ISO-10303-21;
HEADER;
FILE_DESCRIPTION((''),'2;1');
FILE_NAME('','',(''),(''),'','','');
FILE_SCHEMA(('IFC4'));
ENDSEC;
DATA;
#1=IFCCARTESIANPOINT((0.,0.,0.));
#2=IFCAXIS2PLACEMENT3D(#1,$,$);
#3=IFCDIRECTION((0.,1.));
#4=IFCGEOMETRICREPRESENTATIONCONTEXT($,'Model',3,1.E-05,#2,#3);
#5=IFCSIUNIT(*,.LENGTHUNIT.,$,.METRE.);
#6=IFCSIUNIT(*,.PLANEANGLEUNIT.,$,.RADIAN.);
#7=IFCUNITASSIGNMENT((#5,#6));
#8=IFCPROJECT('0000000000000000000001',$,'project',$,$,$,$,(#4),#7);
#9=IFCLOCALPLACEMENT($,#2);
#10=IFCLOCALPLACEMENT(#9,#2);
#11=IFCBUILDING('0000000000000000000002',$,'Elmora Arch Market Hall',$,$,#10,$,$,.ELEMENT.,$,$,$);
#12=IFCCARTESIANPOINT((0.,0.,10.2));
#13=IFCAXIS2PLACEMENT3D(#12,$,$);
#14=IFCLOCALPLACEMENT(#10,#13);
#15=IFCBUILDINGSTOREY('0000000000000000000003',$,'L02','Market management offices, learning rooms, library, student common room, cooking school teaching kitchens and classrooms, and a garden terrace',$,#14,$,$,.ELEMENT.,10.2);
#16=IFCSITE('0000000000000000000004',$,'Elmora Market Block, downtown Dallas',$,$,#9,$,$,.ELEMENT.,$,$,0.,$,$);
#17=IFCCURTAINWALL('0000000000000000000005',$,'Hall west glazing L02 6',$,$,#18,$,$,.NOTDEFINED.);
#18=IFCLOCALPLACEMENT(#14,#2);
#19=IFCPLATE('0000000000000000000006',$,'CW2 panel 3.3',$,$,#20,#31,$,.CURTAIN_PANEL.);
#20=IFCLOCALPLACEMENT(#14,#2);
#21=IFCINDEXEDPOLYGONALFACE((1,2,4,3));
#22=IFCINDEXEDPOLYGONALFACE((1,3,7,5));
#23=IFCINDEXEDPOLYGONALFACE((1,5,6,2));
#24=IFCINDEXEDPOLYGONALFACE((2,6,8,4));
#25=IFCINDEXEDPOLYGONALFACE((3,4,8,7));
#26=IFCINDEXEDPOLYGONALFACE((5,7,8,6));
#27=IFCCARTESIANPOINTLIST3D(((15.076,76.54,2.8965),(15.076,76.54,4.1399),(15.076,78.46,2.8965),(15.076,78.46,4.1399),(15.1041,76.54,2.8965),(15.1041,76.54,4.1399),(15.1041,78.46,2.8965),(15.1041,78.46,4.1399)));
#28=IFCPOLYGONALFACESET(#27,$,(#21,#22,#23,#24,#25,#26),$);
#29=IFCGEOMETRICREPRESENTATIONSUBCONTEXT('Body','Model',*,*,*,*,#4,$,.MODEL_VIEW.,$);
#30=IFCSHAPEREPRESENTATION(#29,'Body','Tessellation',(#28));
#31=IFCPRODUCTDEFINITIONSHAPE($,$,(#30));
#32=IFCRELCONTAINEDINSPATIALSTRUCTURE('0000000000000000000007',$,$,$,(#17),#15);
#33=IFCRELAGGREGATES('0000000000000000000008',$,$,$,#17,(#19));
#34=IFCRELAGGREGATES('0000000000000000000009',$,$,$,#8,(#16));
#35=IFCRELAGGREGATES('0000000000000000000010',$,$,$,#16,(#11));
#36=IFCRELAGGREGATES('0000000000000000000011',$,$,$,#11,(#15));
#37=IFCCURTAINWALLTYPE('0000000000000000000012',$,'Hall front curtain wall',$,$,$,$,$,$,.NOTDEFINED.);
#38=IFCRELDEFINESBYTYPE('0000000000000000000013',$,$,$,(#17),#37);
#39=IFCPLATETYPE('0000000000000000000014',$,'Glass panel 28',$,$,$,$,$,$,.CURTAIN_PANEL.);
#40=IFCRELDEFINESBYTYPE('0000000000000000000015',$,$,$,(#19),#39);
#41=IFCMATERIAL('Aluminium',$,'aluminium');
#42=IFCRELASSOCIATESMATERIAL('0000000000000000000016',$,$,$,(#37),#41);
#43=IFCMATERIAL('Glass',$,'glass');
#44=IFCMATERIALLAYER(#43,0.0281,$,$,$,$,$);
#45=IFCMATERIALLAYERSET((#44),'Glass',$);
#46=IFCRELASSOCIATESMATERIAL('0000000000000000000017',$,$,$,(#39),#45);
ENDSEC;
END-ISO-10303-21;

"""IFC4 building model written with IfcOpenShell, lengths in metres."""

from ifc_helpers import new_model, si_unit, direction, frame, origin, origin_2d, place, context, subcontext, project, spatial, rectangle, extrude, material, layer, layer_set, type_object, element, aggregate, save


model = new_model("IFC4")

# Units and contexts
model_context = context("Model", 3, precision=1e-05, world=origin(), true_north=direction((0.0, 1.0)))
body_context = subcontext(model_context, "Body", "Model", "MODEL_VIEW")
ifc_project = project(units=[si_unit("LENGTHUNIT", "METRE"), si_unit("PLANEANGLEUNIT", "RADIAN")], contexts=[model_context])

# Site, building, storey
site_placement = place(None, origin())
site = spatial("IfcSite", under=ifc_project, at=site_placement, Name="Elmora Market Block, downtown Dallas", CompositionType="ELEMENT", RefElevation=0.0)
building_placement = place(site_placement, origin())
building = spatial("IfcBuilding", under=site, at=building_placement, Name="Elmora Arch Market Hall", CompositionType="ELEMENT")
storey_placement = place(building_placement, frame((0.0, 0.0, 10.2)))
storey = spatial("IfcBuildingStorey", under=building, at=storey_placement, Name="L02", Description="Market management offices, learning rooms, library, student common room, cooking school teaching kitchens and classrooms, and a garden terrace", CompositionType="ELEMENT", Elevation=10.2)

# Shared definitions
ifc_material_1 = material(Name="Aluminium", Category="aluminium")
curtain_wall_type = type_object("IfcCurtainWallType", Name="Hall front curtain wall", PredefinedType="NOTDEFINED", material=ifc_material_1)

# Curtain wall
curtain_wall_1_placement = place(storey_placement, origin())
curtain_wall_1 = element("IfcCurtainWall", 1, at=curtain_wall_1_placement, inside=storey, type_object=curtain_wall_type, Name="Hall west glazing L02 6", PredefinedType="NOTDEFINED")

# Plate
ifc_material_2 = material(Name="Glass", Category="glass")
ifc_layer = layer(ifc_material_2, 0.0281)
ifc_layer_set = layer_set([ifc_layer], Name="Glass")
plate_type = type_object("IfcPlateType", Name="Glass panel 28", PredefinedType="CURTAIN_PANEL", material=ifc_layer_set)
plate_1_placement = place(storey_placement, frame((15.0901, 77.5, 2.8965), z_axis=(0.0, 0.0, 1.0), x_axis=(0.0, 1.0, 0.0)))
plate_1 = element("IfcPlate", 2, at=plate_1_placement, type_object=plate_type, Name="CW2 panel 3.3", PredefinedType="CURTAIN_PANEL", context=body_context, shape_type="SweptSolid", body=[
    extrude(rectangle(XDim=1.9199, YDim=0.0281, at=origin_2d()), origin(), (0.0, 0.0, 1.0), 1.2434),
])
aggregate(curtain_wall_1, [plate_1])

save(model, "model.ifc")
